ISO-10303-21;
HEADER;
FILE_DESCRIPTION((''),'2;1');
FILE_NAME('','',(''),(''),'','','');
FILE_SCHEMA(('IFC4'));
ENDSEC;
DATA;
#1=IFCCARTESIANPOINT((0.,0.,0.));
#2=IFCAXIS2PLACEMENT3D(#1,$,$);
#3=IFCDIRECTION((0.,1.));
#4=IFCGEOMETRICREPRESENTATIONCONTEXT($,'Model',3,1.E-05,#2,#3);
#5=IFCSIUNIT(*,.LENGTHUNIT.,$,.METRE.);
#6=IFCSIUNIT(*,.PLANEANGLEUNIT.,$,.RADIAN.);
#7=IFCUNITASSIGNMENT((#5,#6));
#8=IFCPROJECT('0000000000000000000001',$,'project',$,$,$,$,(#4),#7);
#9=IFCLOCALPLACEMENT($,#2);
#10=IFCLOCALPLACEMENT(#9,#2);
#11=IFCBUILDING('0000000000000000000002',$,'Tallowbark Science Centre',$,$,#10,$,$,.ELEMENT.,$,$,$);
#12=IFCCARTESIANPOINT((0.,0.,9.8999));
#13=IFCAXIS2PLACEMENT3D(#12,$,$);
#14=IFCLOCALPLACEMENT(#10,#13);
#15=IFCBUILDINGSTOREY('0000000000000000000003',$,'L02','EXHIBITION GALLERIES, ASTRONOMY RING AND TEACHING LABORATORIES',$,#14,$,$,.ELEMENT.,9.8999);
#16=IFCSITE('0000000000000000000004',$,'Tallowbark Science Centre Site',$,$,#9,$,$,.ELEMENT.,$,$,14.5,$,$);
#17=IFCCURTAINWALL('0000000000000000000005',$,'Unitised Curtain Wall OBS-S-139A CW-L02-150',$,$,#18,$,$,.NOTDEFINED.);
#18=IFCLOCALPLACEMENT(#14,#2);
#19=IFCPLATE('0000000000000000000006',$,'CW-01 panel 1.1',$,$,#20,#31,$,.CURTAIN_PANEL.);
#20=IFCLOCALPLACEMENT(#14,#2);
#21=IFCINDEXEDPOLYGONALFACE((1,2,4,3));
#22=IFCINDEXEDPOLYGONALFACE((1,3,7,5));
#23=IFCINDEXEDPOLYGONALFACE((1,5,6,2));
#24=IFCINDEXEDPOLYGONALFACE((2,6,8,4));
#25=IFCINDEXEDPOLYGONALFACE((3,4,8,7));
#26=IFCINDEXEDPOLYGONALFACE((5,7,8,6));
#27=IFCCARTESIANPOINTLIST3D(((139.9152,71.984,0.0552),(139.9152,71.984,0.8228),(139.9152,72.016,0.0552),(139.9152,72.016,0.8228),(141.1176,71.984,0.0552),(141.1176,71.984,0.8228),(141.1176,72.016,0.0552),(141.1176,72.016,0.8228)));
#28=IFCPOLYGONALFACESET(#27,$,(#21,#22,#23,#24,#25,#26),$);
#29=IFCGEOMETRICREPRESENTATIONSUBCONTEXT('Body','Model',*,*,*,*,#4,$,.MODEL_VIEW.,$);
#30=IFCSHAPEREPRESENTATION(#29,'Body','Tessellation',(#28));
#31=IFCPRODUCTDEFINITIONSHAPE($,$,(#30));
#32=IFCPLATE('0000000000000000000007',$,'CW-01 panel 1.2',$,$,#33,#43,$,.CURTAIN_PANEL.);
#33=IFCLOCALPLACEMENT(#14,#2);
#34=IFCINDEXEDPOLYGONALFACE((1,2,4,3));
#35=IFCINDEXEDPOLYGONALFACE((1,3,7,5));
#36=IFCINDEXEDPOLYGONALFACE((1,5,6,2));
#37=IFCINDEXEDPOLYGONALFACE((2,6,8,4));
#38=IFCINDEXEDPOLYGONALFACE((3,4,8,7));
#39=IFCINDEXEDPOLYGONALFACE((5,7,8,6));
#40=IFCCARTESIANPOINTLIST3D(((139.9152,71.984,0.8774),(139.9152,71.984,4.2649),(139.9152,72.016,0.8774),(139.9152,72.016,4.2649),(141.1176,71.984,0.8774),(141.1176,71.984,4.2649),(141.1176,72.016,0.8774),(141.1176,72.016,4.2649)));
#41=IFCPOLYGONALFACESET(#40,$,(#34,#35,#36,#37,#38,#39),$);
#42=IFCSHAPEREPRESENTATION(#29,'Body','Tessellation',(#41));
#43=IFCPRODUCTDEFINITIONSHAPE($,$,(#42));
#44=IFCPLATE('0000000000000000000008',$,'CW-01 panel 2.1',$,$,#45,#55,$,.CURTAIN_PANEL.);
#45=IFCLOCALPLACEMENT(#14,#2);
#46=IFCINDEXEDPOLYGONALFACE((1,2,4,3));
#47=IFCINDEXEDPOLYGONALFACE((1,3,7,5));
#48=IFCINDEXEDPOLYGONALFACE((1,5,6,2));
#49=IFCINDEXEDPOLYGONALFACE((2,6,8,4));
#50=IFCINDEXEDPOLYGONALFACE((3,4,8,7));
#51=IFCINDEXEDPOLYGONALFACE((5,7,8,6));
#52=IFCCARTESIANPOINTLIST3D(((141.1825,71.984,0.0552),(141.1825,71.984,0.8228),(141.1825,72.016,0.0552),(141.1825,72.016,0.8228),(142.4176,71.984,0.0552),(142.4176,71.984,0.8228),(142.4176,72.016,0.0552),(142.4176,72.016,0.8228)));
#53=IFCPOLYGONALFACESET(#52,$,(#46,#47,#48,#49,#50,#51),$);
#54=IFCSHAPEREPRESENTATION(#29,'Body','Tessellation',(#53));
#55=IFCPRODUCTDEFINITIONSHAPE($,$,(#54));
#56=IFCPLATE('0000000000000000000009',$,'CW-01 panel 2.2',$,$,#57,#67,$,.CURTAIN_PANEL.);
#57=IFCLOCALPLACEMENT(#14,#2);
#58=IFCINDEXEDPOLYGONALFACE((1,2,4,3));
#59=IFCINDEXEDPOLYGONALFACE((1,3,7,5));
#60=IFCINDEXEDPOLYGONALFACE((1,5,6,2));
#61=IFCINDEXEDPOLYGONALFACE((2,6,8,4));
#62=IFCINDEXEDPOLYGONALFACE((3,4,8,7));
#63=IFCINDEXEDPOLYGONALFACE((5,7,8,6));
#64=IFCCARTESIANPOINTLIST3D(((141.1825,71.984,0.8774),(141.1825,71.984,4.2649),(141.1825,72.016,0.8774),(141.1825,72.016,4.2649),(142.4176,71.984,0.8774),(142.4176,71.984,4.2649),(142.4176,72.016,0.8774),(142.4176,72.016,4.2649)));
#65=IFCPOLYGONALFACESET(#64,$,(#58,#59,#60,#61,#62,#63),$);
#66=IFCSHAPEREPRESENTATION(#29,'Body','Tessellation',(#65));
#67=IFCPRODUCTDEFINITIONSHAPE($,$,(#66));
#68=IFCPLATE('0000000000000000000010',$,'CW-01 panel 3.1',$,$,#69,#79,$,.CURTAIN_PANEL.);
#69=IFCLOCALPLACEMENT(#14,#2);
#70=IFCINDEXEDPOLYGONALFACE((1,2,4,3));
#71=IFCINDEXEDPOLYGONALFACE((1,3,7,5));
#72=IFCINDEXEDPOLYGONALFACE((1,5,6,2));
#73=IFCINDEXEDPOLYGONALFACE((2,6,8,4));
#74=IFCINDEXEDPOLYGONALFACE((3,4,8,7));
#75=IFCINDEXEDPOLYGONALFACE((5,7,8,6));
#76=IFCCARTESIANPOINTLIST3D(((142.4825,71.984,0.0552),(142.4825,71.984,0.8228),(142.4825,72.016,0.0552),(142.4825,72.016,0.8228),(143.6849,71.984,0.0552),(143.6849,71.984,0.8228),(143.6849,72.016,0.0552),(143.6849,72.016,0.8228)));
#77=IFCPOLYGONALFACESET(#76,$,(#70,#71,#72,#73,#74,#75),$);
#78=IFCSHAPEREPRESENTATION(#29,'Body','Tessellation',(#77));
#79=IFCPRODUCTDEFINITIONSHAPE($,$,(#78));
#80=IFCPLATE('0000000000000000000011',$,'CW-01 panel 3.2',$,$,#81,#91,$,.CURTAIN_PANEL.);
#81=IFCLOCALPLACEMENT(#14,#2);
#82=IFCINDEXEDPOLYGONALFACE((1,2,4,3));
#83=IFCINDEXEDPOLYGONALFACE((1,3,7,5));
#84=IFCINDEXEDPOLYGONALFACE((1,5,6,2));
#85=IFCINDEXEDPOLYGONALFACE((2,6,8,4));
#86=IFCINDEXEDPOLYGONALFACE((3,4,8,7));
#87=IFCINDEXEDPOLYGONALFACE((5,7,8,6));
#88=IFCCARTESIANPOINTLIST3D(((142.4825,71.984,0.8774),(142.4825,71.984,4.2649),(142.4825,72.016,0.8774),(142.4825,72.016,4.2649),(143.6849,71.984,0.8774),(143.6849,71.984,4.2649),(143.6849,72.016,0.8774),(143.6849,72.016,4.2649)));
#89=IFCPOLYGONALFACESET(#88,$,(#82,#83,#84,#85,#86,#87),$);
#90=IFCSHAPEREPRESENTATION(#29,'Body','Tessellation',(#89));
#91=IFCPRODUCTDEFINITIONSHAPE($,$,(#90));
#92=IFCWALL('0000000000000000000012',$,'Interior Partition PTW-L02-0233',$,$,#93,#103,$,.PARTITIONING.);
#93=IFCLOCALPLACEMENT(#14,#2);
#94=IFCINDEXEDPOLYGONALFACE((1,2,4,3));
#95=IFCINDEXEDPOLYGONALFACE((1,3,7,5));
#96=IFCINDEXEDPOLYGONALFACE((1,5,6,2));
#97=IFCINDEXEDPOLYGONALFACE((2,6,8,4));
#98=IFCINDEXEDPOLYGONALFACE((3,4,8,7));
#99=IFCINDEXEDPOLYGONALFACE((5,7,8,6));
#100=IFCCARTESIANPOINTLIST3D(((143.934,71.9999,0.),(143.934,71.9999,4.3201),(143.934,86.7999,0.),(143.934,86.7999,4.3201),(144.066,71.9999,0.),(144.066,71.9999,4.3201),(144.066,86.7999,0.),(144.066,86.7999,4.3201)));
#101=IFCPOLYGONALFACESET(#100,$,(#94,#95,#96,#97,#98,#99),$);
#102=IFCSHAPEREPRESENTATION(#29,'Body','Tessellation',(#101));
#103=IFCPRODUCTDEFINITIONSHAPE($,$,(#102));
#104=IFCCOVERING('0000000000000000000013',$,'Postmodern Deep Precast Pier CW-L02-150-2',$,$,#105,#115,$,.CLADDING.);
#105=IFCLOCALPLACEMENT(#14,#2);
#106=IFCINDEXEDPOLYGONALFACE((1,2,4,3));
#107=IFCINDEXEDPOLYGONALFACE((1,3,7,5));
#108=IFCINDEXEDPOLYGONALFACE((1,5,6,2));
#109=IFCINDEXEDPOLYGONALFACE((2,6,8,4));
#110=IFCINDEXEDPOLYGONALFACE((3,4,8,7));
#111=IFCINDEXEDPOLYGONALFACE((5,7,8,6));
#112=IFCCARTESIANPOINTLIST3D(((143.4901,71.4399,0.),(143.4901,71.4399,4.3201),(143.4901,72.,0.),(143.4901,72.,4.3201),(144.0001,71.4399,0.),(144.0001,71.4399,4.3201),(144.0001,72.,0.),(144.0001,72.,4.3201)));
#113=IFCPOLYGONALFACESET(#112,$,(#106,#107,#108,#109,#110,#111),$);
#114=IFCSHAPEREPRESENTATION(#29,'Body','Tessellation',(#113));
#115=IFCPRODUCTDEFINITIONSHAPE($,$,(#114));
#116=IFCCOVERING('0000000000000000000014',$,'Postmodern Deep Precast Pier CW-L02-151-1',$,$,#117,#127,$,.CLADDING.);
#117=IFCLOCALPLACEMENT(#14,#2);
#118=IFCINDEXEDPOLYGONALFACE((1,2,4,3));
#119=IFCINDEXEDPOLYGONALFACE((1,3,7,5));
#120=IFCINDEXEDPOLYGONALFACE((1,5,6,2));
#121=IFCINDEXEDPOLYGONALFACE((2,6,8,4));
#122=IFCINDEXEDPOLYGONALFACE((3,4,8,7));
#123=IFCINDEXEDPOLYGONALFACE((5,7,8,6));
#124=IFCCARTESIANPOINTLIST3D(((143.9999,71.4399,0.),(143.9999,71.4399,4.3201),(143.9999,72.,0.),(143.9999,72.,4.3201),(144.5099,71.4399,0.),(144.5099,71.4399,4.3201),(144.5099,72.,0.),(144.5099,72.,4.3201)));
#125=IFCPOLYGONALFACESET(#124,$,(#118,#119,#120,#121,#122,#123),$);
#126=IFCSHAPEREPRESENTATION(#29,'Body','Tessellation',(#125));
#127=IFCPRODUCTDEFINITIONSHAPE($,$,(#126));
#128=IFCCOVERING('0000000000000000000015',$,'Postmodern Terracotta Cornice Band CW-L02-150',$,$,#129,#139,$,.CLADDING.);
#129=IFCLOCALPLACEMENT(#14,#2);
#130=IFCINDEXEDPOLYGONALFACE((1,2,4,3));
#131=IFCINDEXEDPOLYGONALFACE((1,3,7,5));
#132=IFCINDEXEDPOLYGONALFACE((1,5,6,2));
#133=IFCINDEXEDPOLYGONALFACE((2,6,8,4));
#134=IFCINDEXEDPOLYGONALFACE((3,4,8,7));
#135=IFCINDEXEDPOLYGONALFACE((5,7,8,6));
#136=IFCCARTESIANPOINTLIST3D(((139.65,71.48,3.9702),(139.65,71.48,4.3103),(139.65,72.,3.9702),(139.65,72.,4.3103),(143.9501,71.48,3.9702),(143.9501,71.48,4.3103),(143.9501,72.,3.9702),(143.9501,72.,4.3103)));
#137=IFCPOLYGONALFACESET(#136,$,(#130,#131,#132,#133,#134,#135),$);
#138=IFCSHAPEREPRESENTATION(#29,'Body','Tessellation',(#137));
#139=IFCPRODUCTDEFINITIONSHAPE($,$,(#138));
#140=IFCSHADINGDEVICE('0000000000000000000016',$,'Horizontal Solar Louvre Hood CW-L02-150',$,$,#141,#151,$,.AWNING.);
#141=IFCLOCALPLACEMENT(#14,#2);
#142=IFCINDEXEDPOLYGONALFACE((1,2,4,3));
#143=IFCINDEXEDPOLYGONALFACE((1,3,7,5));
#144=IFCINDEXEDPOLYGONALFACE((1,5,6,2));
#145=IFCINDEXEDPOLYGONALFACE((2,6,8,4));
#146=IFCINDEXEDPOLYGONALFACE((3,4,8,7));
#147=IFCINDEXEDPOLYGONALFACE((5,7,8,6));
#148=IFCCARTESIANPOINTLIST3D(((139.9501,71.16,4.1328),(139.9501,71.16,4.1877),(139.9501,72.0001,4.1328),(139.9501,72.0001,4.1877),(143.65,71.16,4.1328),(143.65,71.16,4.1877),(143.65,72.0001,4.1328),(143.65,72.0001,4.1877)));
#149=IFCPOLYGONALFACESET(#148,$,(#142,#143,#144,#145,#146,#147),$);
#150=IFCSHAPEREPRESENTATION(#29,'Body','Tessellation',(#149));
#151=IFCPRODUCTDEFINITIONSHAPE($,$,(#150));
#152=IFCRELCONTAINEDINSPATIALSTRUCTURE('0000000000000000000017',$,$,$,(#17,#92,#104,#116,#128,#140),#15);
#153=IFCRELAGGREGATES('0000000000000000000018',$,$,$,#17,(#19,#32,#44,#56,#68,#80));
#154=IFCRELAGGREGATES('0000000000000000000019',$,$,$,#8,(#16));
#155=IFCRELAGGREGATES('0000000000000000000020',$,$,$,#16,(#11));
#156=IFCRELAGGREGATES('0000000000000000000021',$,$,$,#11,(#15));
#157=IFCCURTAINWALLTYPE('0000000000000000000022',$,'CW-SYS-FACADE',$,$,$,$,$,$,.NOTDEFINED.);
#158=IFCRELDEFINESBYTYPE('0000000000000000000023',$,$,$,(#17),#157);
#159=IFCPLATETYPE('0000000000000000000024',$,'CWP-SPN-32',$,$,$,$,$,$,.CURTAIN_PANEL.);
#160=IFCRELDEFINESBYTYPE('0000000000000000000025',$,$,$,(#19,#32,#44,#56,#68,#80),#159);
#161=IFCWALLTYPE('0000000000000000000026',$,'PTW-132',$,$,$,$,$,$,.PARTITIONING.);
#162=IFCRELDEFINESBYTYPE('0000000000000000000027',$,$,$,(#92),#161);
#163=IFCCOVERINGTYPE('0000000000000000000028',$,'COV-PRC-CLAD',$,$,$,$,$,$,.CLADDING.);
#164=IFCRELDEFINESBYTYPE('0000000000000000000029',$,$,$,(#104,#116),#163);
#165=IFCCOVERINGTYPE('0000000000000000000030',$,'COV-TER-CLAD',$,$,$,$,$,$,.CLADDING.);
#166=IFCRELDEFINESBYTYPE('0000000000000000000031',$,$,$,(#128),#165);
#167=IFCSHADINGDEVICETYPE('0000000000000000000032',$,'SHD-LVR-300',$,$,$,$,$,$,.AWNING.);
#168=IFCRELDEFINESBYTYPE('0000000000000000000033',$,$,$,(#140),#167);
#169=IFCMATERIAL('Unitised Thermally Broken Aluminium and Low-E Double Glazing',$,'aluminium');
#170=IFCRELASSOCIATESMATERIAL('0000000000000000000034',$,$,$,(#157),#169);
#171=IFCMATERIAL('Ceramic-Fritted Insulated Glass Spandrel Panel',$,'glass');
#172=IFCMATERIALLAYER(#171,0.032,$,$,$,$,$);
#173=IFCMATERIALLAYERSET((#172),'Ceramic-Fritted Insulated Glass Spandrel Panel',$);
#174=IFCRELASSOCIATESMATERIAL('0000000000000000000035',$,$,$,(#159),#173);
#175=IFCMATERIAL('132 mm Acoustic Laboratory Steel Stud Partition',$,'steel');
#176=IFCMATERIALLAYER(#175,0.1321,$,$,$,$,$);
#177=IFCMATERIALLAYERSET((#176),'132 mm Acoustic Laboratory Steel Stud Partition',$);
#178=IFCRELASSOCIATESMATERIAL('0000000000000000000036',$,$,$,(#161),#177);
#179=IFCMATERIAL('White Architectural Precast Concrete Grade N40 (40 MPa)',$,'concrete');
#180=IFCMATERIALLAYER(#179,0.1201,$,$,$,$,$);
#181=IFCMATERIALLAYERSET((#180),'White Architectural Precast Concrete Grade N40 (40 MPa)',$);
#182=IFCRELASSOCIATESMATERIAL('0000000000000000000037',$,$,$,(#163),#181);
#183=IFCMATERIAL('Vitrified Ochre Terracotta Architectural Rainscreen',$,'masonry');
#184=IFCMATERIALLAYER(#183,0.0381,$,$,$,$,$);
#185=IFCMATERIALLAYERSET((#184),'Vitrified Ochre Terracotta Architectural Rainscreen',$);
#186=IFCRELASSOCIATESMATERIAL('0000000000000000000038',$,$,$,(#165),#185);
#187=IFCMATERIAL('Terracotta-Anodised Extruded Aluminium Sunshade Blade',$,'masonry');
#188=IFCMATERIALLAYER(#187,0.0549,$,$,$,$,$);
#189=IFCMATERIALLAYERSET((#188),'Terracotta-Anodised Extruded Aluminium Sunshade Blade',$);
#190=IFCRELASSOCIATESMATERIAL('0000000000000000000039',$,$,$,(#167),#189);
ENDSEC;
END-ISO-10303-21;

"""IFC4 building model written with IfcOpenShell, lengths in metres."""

from ifc_helpers import new_model, si_unit, direction, frame, frame_2d, origin, origin_2d, place, context, subcontext, project, spatial, rectangle, extrude, material, layer, layer_set, type_object, element, aggregate, save


model = new_model("IFC4")

# Units and contexts
model_context = context("Model", 3, precision=1e-05, world=origin(), true_north=direction((0.0, 1.0)))
body_context = subcontext(model_context, "Body", "Model", "MODEL_VIEW")
ifc_project = project(units=[si_unit("LENGTHUNIT", "METRE"), si_unit("PLANEANGLEUNIT", "RADIAN")], contexts=[model_context])

# Site, building, storey
site_placement = place(None, origin())
site = spatial("IfcSite", under=ifc_project, at=site_placement, Name="Tallowbark Science Centre Site", CompositionType="ELEMENT", RefElevation=14.5)
building_placement = place(site_placement, origin())
building = spatial("IfcBuilding", under=site, at=building_placement, Name="Tallowbark Science Centre", CompositionType="ELEMENT")
storey_placement = place(building_placement, frame((0.0, 0.0, 9.8999)))
storey = spatial("IfcBuildingStorey", under=building, at=storey_placement, Name="L02", Description="EXHIBITION GALLERIES, ASTRONOMY RING AND TEACHING LABORATORIES", CompositionType="ELEMENT", Elevation=9.8999)

# Curtain wall
ifc_material_1 = material(Name="Unitised Thermally Broken Aluminium and Low-E Double Glazing", Category="aluminium")
curtain_wall_type = type_object("IfcCurtainWallType", Name="CW-SYS-FACADE", PredefinedType="NOTDEFINED", material=ifc_material_1)
curtain_wall_1_placement = place(storey_placement, origin())
curtain_wall_1 = element("IfcCurtainWall", 1, at=curtain_wall_1_placement, inside=storey, type_object=curtain_wall_type, Name="Unitised Curtain Wall OBS-S-139A CW-L02-150", PredefinedType="NOTDEFINED")

# Plates
ifc_material_2 = material(Name="Ceramic-Fritted Insulated Glass Spandrel Panel", Category="glass")
ifc_layer_1 = layer(ifc_material_2, 0.032)
ifc_layer_set_1 = layer_set([ifc_layer_1], Name="Ceramic-Fritted Insulated Glass Spandrel Panel")
plate_type = type_object("IfcPlateType", Name="CWP-SPN-32", PredefinedType="CURTAIN_PANEL", material=ifc_layer_set_1)
plate_1_placement = place(storey_placement, frame((140.5164, 72.0, 0.0552), z_axis=(0.0, 0.0, 1.0), x_axis=(1.0, 0.0, 0.0)))
plate_1 = element("IfcPlate", 2, at=plate_1_placement, type_object=plate_type, Name="CW-01 panel 1.1", PredefinedType="CURTAIN_PANEL", context=body_context, shape_type="SweptSolid", body=[
    extrude(rectangle(XDim=1.2024, YDim=0.032, at=origin_2d()), origin(), (0.0, 0.0, 1.0), 0.7676),
])
plate_2_placement = place(storey_placement, frame((140.5164, 72.0, 0.8774), z_axis=(0.0, 0.0, 1.0), x_axis=(1.0, 0.0, 0.0)))
plate_2 = element("IfcPlate", 3, at=plate_2_placement, type_object=plate_type, Name="CW-01 panel 1.2", PredefinedType="CURTAIN_PANEL", context=body_context, shape_type="SweptSolid", body=[
    extrude(rectangle(XDim=1.2024, YDim=0.032, at=origin_2d()), origin(), (0.0, 0.0, 1.0), 3.3875),
])
plate_3_placement = place(storey_placement, frame((141.8, 72.0, 0.0552), z_axis=(0.0, 0.0, 1.0), x_axis=(1.0, 0.0, 0.0)))
plate_3 = element("IfcPlate", 4, at=plate_3_placement, type_object=plate_type, Name="CW-01 panel 2.1", PredefinedType="CURTAIN_PANEL", context=body_context, shape_type="SweptSolid", body=[
    extrude(rectangle(XDim=1.2351, YDim=0.032, at=origin_2d()), origin(), (0.0, 0.0, 1.0), 0.7676),
])
plate_4_placement = place(storey_placement, frame((141.8, 72.0, 0.8774), z_axis=(0.0, 0.0, 1.0), x_axis=(1.0, 0.0, 0.0)))
plate_4 = element("IfcPlate", 5, at=plate_4_placement, type_object=plate_type, Name="CW-01 panel 2.2", PredefinedType="CURTAIN_PANEL", context=body_context, shape_type="SweptSolid", body=[
    extrude(rectangle(XDim=1.2351, YDim=0.032, at=origin_2d()), origin(), (0.0, 0.0, 1.0), 3.3875),
])
plate_5_placement = place(storey_placement, frame((143.0837, 72.0, 0.0552), z_axis=(0.0, 0.0, 1.0), x_axis=(1.0, 0.0, 0.0)))
plate_5 = element("IfcPlate", 6, at=plate_5_placement, type_object=plate_type, Name="CW-01 panel 3.1", PredefinedType="CURTAIN_PANEL", context=body_context, shape_type="SweptSolid", body=[
    extrude(rectangle(XDim=1.2024, YDim=0.032, at=origin_2d()), origin(), (0.0, 0.0, 1.0), 0.7676),
])
plate_6_placement = place(storey_placement, frame((143.0837, 72.0, 0.8774), z_axis=(0.0, 0.0, 1.0), x_axis=(1.0, 0.0, 0.0)))
plate_6 = element("IfcPlate", 7, at=plate_6_placement, type_object=plate_type, Name="CW-01 panel 3.2", PredefinedType="CURTAIN_PANEL", context=body_context, shape_type="SweptSolid", body=[
    extrude(rectangle(XDim=1.2024, YDim=0.032, at=origin_2d()), origin(), (0.0, 0.0, 1.0), 3.3875),
])
aggregate(curtain_wall_1, [plate_1, plate_2, plate_3, plate_4, plate_5, plate_6])

# Wall
ifc_material_3 = material(Name="132 mm Acoustic Laboratory Steel Stud Partition", Category="steel")
ifc_layer_2 = layer(ifc_material_3, 0.1321)
ifc_layer_set_2 = layer_set([ifc_layer_2], Name="132 mm Acoustic Laboratory Steel Stud Partition")
wall_type = type_object("IfcWallType", Name="PTW-132", PredefinedType="PARTITIONING", material=ifc_layer_set_2)
wall_placement = place(storey_placement, frame((144.0, 72.0, 0.0), z_axis=(0.0, 0.0, 1.0), x_axis=(0.0, 1.0, 0.0)))
element("IfcWall", 8, at=wall_placement, inside=storey, type_object=wall_type, Name="Interior Partition PTW-L02-0233", PredefinedType="PARTITIONING", context=body_context, shape_type="SweptSolid", body=[
    extrude(rectangle(XDim=14.8, YDim=0.1321, at=frame_2d((7.3999, 0.0))), origin(), (0.0, 0.0, 1.0), 4.3201),
])

# Coverings
ifc_material_4 = material(Name="White Architectural Precast Concrete Grade N40 (40 MPa)", Category="concrete")
ifc_layer_3 = layer(ifc_material_4, 0.1201)
ifc_layer_set_3 = layer_set([ifc_layer_3], Name="White Architectural Precast Concrete Grade N40 (40 MPa)")
covering_type_1 = type_object("IfcCoveringType", Name="COV-PRC-CLAD", PredefinedType="CLADDING", material=ifc_layer_set_3)
for number, where, z_axis, x_axis, name in (
    (9, (143.7451, 71.72, 0.0), (0.0, 0.0, 1.0), (1.0, 0.0, 0.0), "Postmodern Deep Precast Pier CW-L02-150-2"),
    (10, (144.2549, 71.72, 0.0), (0.0, 0.0, 1.0), (1.0, 0.0, 0.0), "Postmodern Deep Precast Pier CW-L02-151-1"),
):
    element("IfcCovering", number, at=place(storey_placement, frame(where, z_axis=z_axis, x_axis=x_axis)), inside=storey, type_object=covering_type_1, Name=name, PredefinedType="CLADDING", context=body_context, shape_type="SweptSolid", body=[
        extrude(rectangle(XDim=0.51, YDim=0.5601, at=origin_2d()), origin(), (0.0, 0.0, 1.0), 4.3201),
    ])
ifc_material_5 = material(Name="Vitrified Ochre Terracotta Architectural Rainscreen", Category="masonry")
ifc_layer_4 = layer(ifc_material_5, 0.0381)
ifc_layer_set_4 = layer_set([ifc_layer_4], Name="Vitrified Ochre Terracotta Architectural Rainscreen")
covering_type_2 = type_object("IfcCoveringType", Name="COV-TER-CLAD", PredefinedType="CLADDING", material=ifc_layer_set_4)
covering_placement = place(storey_placement, frame((141.8, 71.74, 3.9702), z_axis=(0.0, 0.0, 1.0), x_axis=(1.0, 0.0, 0.0)))
element("IfcCovering", 11, at=covering_placement, inside=storey, type_object=covering_type_2, Name="Postmodern Terracotta Cornice Band CW-L02-150", PredefinedType="CLADDING", context=body_context, shape_type="SweptSolid", body=[
    extrude(rectangle(XDim=4.3, YDim=0.52, at=origin_2d()), origin(), (0.0, 0.0, 1.0), 0.3401),
])

# Shading device
ifc_material_6 = material(Name="Terracotta-Anodised Extruded Aluminium Sunshade Blade", Category="masonry")
ifc_layer_5 = layer(ifc_material_6, 0.0549)
ifc_layer_set_5 = layer_set([ifc_layer_5], Name="Terracotta-Anodised Extruded Aluminium Sunshade Blade")
shading_device_type = type_object("IfcShadingDeviceType", Name="SHD-LVR-300", PredefinedType="AWNING", material=ifc_layer_set_5)
shading_device_placement = place(storey_placement, frame((141.8, 71.5801, 4.1328), z_axis=(0.0, 0.0, 1.0), x_axis=(1.0, 0.0, 0.0)))
element("IfcShadingDevice", 12, at=shading_device_placement, inside=storey, type_object=shading_device_type, Name="Horizontal Solar Louvre Hood CW-L02-150", PredefinedType="AWNING", context=body_context, shape_type="SweptSolid", body=[
    extrude(rectangle(XDim=3.7, YDim=0.8401, at=origin_2d()), origin(), (0.0, 0.0, 1.0), 0.0549),
])

save(model, "model.ifc")
